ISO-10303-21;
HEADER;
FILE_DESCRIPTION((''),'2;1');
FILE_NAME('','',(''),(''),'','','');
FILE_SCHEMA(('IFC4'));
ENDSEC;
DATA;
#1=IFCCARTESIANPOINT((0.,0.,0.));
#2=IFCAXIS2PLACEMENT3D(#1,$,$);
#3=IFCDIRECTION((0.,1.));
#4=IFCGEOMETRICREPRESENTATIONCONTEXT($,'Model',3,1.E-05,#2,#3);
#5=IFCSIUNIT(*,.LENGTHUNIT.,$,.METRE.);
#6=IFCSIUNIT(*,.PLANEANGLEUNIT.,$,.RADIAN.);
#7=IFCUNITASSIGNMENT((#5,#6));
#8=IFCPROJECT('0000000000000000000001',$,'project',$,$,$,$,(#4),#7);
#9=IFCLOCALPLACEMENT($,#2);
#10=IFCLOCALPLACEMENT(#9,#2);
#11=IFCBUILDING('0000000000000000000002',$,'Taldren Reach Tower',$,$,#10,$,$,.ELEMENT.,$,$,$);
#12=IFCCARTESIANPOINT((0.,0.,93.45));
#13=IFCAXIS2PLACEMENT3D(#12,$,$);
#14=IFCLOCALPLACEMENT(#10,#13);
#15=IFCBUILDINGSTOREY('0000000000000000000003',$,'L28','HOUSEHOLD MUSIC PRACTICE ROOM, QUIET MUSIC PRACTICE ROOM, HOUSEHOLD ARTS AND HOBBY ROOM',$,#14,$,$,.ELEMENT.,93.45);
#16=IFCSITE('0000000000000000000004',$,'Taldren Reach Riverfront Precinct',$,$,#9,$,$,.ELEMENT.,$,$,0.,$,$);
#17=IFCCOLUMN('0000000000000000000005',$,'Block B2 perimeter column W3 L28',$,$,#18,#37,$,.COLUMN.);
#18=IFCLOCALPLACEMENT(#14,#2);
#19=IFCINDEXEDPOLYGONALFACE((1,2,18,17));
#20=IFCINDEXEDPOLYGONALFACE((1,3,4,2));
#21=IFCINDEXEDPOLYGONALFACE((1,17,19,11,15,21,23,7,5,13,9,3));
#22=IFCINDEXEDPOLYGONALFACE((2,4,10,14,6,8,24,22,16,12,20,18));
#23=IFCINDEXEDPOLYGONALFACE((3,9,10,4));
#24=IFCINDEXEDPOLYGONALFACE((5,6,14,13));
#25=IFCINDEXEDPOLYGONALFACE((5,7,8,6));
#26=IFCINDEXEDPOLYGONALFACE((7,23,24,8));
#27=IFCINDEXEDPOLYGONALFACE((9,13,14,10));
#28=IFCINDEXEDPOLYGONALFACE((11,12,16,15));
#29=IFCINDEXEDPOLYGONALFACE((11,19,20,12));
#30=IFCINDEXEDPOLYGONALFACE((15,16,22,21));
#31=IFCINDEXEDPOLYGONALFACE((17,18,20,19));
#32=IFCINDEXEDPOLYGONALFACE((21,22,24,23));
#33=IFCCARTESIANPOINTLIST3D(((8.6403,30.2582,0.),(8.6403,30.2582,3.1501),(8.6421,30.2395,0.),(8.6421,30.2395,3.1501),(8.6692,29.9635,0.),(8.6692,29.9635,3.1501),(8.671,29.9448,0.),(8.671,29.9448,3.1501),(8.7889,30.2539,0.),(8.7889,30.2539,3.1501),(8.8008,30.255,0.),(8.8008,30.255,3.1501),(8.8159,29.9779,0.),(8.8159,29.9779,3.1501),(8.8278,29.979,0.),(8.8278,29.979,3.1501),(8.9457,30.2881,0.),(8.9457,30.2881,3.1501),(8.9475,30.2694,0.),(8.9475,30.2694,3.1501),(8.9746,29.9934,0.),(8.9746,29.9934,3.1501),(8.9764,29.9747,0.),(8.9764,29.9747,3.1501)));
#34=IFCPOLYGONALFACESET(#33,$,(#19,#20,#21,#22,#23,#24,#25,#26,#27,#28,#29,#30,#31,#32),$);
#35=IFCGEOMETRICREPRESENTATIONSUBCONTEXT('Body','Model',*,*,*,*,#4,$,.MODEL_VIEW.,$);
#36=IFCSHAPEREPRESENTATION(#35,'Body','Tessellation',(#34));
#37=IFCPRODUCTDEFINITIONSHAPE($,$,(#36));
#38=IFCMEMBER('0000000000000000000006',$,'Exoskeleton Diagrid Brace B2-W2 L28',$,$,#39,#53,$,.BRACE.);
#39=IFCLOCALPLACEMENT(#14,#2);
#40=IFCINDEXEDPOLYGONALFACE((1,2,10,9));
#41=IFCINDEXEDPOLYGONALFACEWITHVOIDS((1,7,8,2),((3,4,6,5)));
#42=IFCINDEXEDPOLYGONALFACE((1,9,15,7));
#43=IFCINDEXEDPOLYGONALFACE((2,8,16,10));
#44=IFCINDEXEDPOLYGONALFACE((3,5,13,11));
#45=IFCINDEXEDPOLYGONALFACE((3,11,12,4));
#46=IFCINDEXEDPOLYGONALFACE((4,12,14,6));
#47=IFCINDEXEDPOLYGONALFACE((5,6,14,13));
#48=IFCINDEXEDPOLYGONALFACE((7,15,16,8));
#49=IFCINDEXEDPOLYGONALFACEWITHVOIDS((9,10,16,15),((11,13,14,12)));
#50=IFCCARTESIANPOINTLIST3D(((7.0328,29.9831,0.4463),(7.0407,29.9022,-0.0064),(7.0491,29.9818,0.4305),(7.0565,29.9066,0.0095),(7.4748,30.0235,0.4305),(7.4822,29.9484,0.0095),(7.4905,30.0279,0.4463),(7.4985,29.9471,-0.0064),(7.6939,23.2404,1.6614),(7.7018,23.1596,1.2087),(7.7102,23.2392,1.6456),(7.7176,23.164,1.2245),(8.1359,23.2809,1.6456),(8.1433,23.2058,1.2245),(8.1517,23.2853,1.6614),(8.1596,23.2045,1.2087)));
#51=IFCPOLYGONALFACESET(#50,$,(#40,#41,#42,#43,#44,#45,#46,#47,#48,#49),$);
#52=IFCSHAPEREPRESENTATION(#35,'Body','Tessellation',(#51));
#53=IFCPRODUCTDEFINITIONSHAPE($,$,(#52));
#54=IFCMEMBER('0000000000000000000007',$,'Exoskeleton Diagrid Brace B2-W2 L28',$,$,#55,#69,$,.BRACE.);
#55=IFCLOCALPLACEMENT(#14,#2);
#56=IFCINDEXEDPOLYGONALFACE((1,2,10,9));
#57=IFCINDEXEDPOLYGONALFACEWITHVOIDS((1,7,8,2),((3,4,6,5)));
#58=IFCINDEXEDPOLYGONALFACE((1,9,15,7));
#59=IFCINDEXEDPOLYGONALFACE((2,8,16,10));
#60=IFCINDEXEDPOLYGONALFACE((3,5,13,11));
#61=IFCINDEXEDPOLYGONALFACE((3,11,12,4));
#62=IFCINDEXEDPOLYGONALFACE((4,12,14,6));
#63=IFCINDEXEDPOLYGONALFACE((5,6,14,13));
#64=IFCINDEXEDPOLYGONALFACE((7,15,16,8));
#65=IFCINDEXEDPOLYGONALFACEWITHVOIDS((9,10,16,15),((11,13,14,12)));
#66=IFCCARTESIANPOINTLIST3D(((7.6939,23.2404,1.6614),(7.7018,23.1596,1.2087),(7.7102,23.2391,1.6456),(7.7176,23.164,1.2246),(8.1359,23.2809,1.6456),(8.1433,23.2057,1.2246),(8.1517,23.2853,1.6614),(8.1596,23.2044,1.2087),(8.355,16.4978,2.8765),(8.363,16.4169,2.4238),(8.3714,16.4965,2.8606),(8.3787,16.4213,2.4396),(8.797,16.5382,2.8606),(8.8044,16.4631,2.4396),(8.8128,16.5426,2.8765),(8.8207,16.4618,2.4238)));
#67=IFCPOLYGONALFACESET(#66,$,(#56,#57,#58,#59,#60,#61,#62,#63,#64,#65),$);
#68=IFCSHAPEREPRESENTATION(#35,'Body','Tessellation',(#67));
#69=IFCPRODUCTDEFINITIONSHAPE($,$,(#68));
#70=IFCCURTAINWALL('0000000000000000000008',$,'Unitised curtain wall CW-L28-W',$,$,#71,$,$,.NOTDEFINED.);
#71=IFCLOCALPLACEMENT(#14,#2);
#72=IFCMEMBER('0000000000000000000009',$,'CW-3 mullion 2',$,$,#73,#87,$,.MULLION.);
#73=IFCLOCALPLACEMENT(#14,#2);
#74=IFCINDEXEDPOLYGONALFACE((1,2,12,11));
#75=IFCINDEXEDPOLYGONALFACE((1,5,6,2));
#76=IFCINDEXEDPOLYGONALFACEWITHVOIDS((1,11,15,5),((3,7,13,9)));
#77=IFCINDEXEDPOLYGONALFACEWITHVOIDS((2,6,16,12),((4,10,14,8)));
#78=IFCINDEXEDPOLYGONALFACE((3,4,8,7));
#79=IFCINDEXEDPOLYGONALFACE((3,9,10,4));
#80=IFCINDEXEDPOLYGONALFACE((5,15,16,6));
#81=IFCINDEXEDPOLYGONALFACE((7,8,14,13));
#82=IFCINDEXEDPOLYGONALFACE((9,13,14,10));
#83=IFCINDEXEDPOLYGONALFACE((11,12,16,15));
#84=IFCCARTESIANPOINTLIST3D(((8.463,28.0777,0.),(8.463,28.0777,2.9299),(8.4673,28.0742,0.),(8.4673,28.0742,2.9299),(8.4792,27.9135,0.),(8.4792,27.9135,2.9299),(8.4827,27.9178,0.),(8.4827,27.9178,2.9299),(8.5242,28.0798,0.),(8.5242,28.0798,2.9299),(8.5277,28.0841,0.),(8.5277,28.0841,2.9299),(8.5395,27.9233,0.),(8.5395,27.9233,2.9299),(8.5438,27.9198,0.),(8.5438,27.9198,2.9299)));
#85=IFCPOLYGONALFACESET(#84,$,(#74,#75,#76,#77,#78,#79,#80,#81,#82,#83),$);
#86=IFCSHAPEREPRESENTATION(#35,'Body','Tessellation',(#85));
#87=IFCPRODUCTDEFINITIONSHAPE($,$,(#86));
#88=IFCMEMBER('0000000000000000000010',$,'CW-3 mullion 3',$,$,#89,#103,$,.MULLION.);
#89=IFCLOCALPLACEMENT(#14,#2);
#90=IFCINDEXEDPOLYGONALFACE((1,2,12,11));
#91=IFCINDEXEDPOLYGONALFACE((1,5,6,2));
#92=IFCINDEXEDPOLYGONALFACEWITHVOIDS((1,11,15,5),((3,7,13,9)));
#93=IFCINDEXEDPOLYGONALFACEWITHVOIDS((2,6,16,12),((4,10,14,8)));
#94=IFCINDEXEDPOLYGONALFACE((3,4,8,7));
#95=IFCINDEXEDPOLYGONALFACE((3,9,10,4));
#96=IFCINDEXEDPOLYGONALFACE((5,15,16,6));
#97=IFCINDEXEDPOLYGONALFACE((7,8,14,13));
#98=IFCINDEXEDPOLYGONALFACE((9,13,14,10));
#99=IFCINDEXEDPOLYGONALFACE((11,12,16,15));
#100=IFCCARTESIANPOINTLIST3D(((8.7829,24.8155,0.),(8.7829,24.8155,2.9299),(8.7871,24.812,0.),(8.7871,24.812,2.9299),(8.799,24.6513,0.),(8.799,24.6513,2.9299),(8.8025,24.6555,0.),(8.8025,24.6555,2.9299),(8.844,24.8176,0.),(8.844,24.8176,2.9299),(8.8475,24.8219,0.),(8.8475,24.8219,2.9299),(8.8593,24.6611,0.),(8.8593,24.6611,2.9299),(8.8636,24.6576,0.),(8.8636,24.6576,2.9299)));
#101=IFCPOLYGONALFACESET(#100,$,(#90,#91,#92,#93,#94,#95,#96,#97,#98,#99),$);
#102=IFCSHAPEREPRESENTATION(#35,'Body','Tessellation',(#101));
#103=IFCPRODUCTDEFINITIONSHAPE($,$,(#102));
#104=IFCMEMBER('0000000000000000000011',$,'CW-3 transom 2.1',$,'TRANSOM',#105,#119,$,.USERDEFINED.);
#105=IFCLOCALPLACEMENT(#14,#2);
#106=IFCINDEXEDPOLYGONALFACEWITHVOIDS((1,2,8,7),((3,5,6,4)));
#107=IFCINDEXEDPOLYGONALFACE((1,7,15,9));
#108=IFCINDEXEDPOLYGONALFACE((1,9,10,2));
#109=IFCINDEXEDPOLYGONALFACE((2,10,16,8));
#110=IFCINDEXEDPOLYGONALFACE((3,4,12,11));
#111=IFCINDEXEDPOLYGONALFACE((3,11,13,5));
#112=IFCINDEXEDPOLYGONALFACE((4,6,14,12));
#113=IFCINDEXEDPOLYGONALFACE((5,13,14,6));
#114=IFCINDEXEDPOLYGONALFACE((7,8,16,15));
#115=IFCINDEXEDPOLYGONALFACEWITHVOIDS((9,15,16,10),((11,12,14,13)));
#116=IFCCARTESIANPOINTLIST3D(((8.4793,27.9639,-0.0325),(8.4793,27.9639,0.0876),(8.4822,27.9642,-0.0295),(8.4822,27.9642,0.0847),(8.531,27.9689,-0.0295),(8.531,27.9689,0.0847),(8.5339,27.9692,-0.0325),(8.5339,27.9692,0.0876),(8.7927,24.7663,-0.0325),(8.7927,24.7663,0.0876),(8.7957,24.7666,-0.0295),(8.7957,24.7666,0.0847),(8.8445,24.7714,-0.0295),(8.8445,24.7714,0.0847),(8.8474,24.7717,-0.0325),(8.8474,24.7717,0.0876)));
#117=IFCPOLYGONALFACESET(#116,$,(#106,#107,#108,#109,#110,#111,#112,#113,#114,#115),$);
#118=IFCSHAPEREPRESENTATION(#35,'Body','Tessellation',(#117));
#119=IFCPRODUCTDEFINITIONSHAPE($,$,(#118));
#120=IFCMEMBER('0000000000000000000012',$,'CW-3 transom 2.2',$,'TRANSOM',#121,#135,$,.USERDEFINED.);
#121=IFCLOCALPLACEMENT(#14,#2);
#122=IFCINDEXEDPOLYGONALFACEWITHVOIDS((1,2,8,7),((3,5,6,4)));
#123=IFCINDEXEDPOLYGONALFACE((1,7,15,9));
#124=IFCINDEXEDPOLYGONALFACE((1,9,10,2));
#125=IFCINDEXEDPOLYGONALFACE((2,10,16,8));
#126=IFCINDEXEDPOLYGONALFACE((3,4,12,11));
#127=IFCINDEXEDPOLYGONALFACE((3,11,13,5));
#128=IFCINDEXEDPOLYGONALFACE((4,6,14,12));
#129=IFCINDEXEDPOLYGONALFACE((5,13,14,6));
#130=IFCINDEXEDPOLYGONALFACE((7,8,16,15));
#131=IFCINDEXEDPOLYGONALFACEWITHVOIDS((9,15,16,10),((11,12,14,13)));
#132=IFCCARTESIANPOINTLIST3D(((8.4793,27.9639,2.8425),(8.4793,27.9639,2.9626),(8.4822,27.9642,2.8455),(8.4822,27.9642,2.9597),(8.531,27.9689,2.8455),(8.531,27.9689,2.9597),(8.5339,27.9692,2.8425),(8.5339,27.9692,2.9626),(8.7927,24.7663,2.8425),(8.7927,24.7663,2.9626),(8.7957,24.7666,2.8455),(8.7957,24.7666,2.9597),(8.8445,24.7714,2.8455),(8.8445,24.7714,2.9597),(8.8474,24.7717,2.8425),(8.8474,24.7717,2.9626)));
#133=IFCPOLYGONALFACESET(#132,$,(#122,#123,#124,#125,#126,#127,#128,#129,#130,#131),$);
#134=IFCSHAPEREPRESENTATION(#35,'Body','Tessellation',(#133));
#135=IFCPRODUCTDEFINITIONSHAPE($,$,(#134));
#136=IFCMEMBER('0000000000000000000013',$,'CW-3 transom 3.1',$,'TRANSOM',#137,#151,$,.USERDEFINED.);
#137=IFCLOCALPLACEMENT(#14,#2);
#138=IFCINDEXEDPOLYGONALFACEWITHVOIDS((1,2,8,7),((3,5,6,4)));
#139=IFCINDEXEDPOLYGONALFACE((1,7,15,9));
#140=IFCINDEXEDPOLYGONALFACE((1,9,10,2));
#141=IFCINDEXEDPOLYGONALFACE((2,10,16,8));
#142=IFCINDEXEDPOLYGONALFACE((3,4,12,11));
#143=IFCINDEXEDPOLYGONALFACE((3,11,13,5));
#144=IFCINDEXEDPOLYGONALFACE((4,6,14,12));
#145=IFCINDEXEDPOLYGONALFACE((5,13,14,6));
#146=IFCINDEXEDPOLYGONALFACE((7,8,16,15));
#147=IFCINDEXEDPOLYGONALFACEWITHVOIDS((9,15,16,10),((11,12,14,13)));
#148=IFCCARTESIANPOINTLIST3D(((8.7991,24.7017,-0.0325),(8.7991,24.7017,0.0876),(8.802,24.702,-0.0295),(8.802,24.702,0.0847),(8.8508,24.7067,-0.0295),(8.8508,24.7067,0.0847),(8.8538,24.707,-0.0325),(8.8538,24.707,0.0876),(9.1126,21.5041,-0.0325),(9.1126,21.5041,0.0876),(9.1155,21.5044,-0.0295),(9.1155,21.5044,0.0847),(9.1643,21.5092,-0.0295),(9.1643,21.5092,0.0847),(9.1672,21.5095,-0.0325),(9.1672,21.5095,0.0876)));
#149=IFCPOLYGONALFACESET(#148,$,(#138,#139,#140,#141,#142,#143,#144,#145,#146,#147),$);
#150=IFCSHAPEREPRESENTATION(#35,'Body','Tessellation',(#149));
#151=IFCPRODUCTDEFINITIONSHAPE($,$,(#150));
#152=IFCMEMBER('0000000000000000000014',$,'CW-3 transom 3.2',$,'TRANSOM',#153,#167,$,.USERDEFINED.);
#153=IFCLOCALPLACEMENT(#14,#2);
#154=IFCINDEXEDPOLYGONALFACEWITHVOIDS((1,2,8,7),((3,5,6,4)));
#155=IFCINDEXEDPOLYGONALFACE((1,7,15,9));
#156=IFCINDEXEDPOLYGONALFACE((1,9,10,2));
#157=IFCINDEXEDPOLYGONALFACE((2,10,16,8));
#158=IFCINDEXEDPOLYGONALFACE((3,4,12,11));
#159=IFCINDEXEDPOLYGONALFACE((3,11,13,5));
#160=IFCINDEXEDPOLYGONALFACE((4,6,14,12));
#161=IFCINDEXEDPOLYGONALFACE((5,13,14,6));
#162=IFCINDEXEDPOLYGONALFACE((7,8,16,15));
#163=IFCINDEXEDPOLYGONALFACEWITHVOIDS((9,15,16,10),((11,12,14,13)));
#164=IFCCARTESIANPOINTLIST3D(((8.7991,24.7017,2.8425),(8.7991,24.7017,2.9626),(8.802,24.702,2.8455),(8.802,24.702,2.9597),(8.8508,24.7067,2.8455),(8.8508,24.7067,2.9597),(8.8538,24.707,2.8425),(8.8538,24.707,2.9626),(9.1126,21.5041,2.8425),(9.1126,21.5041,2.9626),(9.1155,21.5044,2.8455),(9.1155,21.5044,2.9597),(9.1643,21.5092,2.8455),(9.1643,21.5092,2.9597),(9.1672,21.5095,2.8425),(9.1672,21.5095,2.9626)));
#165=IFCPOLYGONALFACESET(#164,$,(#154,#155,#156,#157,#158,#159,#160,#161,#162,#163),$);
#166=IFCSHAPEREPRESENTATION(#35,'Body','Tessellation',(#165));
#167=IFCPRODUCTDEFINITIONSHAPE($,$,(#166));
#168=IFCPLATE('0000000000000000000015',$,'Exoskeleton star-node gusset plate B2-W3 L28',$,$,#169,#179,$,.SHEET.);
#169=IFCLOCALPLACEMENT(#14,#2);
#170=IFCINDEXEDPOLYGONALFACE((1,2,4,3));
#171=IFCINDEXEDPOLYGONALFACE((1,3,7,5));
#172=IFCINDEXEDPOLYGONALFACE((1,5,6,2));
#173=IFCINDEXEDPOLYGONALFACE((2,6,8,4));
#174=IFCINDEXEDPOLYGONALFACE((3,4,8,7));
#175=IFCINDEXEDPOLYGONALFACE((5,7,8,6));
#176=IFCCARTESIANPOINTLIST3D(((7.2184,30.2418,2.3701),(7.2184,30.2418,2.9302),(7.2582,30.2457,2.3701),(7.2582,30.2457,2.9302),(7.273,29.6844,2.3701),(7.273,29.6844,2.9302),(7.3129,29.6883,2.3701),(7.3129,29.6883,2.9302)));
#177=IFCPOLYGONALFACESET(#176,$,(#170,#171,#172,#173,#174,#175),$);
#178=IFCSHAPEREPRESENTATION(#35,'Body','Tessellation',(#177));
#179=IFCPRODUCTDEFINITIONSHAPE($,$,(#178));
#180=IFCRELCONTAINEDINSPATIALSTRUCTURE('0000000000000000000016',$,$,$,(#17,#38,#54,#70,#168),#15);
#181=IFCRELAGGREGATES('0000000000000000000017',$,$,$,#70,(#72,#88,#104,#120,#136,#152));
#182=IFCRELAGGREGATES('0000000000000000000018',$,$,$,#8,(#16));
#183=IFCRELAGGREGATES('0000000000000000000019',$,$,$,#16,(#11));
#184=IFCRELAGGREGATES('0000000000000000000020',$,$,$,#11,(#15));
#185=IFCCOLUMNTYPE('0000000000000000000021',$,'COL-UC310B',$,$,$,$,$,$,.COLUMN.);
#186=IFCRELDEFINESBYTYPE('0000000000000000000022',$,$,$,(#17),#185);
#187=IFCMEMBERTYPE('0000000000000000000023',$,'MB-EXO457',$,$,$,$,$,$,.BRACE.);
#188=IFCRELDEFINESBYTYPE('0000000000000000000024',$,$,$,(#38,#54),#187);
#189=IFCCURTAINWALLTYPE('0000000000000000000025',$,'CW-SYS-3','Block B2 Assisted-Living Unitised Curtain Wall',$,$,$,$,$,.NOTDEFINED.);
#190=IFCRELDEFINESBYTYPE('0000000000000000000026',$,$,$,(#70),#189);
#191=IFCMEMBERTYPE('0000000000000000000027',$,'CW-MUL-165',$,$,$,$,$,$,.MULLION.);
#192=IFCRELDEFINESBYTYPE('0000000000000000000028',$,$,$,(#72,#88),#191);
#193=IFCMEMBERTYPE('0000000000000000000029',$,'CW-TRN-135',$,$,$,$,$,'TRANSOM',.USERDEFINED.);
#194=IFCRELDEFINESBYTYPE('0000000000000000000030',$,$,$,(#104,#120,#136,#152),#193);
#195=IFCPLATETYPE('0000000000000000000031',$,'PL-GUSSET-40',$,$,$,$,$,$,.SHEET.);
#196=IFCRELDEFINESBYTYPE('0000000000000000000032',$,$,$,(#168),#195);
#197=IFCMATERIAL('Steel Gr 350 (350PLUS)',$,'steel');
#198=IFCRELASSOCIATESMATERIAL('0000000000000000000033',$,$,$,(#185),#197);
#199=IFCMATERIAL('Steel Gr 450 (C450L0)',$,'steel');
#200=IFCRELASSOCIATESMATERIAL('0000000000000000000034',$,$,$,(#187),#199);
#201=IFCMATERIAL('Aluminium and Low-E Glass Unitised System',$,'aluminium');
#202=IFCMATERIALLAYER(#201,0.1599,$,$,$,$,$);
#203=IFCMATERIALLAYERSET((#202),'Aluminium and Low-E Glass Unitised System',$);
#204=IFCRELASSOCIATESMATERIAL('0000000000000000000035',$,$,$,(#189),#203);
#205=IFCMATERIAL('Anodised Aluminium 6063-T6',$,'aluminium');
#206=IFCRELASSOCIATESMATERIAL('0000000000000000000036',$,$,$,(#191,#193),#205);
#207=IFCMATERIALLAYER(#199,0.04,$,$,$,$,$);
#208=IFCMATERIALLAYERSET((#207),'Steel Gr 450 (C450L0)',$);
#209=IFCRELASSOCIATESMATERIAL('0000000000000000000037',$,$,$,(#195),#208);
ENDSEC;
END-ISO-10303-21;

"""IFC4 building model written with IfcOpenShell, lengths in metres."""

from ifc_helpers import new_model, si_unit, direction, frame, origin, origin_2d, place, context, subcontext, project, spatial, rectangle, hollow_rectangle, i_section, extrude, source, transform, mapped, material, layer, layer_set, material_profile, profile_set, type_object, element, aggregate, save


model = new_model("IFC4")

# Units and contexts
model_context = context("Model", 3, precision=1e-05, world=origin(), true_north=direction((0.0, 1.0)))
body_context = subcontext(model_context, "Body", "Model", "MODEL_VIEW")
ifc_project = project(units=[si_unit("LENGTHUNIT", "METRE"), si_unit("PLANEANGLEUNIT", "RADIAN")], contexts=[model_context])

# Site, building, storey
site_placement = place(None, origin())
site = spatial("IfcSite", under=ifc_project, at=site_placement, Name="Taldren Reach Riverfront Precinct", CompositionType="ELEMENT", RefElevation=0.0)
building_placement = place(site_placement, origin())
building = spatial("IfcBuilding", under=site, at=building_placement, Name="Taldren Reach Tower", CompositionType="ELEMENT")
storey_placement = place(building_placement, frame((0.0, 0.0, 93.45)))
storey = spatial("IfcBuildingStorey", under=building, at=storey_placement, Name="L28", Description="HOUSEHOLD MUSIC PRACTICE ROOM, QUIET MUSIC PRACTICE ROOM, HOUSEHOLD ARTS AND HOBBY ROOM", CompositionType="ELEMENT", Elevation=93.45)

# Column
ifc_material_1 = material(Name="Steel Gr 350 (350PLUS)", Category="steel")
ifc_material_profile_1 = material_profile(ifc_material_1, i_section(OverallWidth=0.3069, OverallDepth=0.3149, WebThickness=0.012, FlangeThickness=0.0188, at=origin_2d()), Name="310UC118")
ifc_profile_set_1 = profile_set([ifc_material_profile_1], Name="Steel Gr 350 (350PLUS)")
column_type = type_object("IfcColumnType", Name="COL-UC310B", PredefinedType="COLUMN", material=ifc_profile_set_1)
shared_shape_1 = source(origin(), body_context, "Body", "SweptSolid", [
    extrude(i_section(OverallWidth=0.3069, OverallDepth=0.3149, WebThickness=0.012, FlangeThickness=0.0188, at=origin_2d()), origin(), (0.0, 0.0, 1.0), 3.1501),
])
column_placement = place(storey_placement, frame((8.8083, 30.1165, 0.0), z_axis=(0.0, 0.0, 1.0), x_axis=(0.995227, 0.097583, 0.0)))
element("IfcColumn", 1, at=column_placement, inside=storey, type_object=column_type, Name="Block B2 perimeter column W3 L28", PredefinedType="COLUMN", context=body_context, shape_type="MappedRepresentation", body=[
    mapped(shared_shape_1, transform((0.0, 0.0, 0.0), scale=1.0)),
])

# Members
ifc_material_2 = material(Name="Steel Gr 450 (C450L0)", Category="steel")
ifc_material_profile_2 = material_profile(ifc_material_2, hollow_rectangle(XDim=0.46, YDim=0.46, WallThickness=0.0161, at=origin_2d()), Name="460x460x16.0SHS")
ifc_profile_set_2 = profile_set([ifc_material_profile_2], Name="Steel Gr 450 (C450L0)")
member_type_1 = type_object("IfcMemberType", Name="MB-EXO457", PredefinedType="BRACE", material=ifc_profile_set_2)
shared_shape_2 = source(origin(), body_context, "Body", "SweptSolid", [
    extrude(hollow_rectangle(XDim=0.46, YDim=0.46, WallThickness=0.0161, at=origin_2d()), origin(), (0.0, 0.0, 1.0), 6.8831),
])
for number, where, z_axis, x_axis, name in (
    (2, (7.2656, 29.9651, 0.22), (0.096051, -0.979597, 0.176532), (0.995227, 0.097584, 0.0), "Exoskeleton Diagrid Brace B2-W2 L28"),
    (3, (7.9268, 23.2224, 1.4351), (0.096051, -0.979597, 0.176532), (0.995227, 0.097584, 0.0), "Exoskeleton Diagrid Brace B2-W2 L28"),
):
    element("IfcMember", number, at=place(storey_placement, frame(where, z_axis=z_axis, x_axis=x_axis)), inside=storey, type_object=member_type_1, Name=name, PredefinedType="BRACE", context=body_context, shape_type="MappedRepresentation", body=[
        mapped(shared_shape_2, transform((0.0, 0.0, 0.0), scale=1.0)),
    ])

# Curtain wall, members
ifc_material_3 = material(Name="Aluminium and Low-E Glass Unitised System", Category="aluminium")
ifc_layer_1 = layer(ifc_material_3, 0.1599)
ifc_layer_set_1 = layer_set([ifc_layer_1], Name="Aluminium and Low-E Glass Unitised System")
curtain_wall_type = type_object("IfcCurtainWallType", Name="CW-SYS-3", Description="Block B2 Assisted-Living Unitised Curtain Wall", PredefinedType="NOTDEFINED", material=ifc_layer_set_1)
curtain_wall_placement = place(storey_placement, origin())
curtain_wall = element("IfcCurtainWall", 4, at=curtain_wall_placement, inside=storey, type_object=curtain_wall_type, Name="Unitised curtain wall CW-L28-W", PredefinedType="NOTDEFINED")
ifc_material_4 = material(Name="Anodised Aluminium 6063-T6", Category="aluminium")
ifc_material_profile_3 = material_profile(ifc_material_4, hollow_rectangle(XDim=0.0649, YDim=0.165, WallThickness=0.0039, at=origin_2d()), Name="ALU-165x65x4RHS")
ifc_profile_set_3 = profile_set([ifc_material_profile_3], Name="Anodised Aluminium 6063-T6")
member_type_2 = type_object("IfcMemberType", Name="CW-MUL-165", PredefinedType="MULLION", material=ifc_profile_set_3)
shared_shape_3 = source(origin(), body_context, "Body", "SweptSolid", [
    extrude(hollow_rectangle(XDim=0.0649, YDim=0.165, WallThickness=0.0039, at=origin_2d()), origin(), (0.0, 0.0, 1.0), 2.9299),
])
member_1_placement = place(storey_placement, frame((8.5034, 27.9988, 0.0), z_axis=(0.0, 0.0, 1.0), x_axis=(0.995227, 0.097583, 0.0)))
member_1 = element("IfcMember", 5, at=member_1_placement, type_object=member_type_2, Name="CW-3 mullion 2", PredefinedType="MULLION", context=body_context, shape_type="MappedRepresentation", body=[
    mapped(shared_shape_3, transform((0.0, 0.0, 0.0), scale=1.0)),
])
member_2_placement = place(storey_placement, frame((8.8232, 24.7366, 0.0), z_axis=(0.0, 0.0, 1.0), x_axis=(0.995227, 0.097583, 0.0)))
member_2 = element("IfcMember", 6, at=member_2_placement, type_object=member_type_2, Name="CW-3 mullion 3", PredefinedType="MULLION", context=body_context, shape_type="MappedRepresentation", body=[
    mapped(shared_shape_3, transform((0.0, 0.0, 0.0), scale=1.0)),
])
ifc_material_profile_4 = material_profile(ifc_material_4, hollow_rectangle(XDim=0.0549, YDim=0.1201, WallThickness=0.0029, at=origin_2d()), Name="ALU-120x55x3RHS")
ifc_profile_set_4 = profile_set([ifc_material_profile_4], Name="Anodised Aluminium 6063-T6")
member_type_3 = type_object("IfcMemberType", Name="CW-TRN-135", ElementType="TRANSOM", PredefinedType="USERDEFINED", material=ifc_profile_set_4)
shared_shape_4 = source(origin(), body_context, "Body", "SweptSolid", [
    extrude(hollow_rectangle(XDim=0.0549, YDim=0.1201, WallThickness=0.0029, at=origin_2d()), origin(), (0.0, 0.0, 1.0), 3.2129),
])
member_3_placement = place(storey_placement, frame((8.5066, 27.9666, 0.0276), z_axis=(0.09757, -0.995229, 0.0), x_axis=(0.995229, 0.09757, 0.0)))
member_3 = element("IfcMember", 7, at=member_3_placement, type_object=member_type_3, Name="CW-3 transom 2.1", ObjectType="TRANSOM", PredefinedType="USERDEFINED", context=body_context, shape_type="MappedRepresentation", body=[
    mapped(shared_shape_4, transform((0.0, 0.0, 0.0), scale=1.0)),
])
member_4_placement = place(storey_placement, frame((8.5066, 27.9666, 2.9026), z_axis=(0.09757, -0.995229, 0.0), x_axis=(0.995229, 0.09757, 0.0)))
member_4 = element("IfcMember", 8, at=member_4_placement, type_object=member_type_3, Name="CW-3 transom 2.2", ObjectType="TRANSOM", PredefinedType="USERDEFINED", context=body_context, shape_type="MappedRepresentation", body=[
    mapped(shared_shape_4, transform((0.0, 0.0, 0.0), scale=1.0)),
])
member_5_placement = place(storey_placement, frame((8.8264, 24.7043, 0.0276), z_axis=(0.09757, -0.995229, 0.0), x_axis=(0.995229, 0.09757, 0.0)))
member_5 = element("IfcMember", 9, at=member_5_placement, type_object=member_type_3, Name="CW-3 transom 3.1", ObjectType="TRANSOM", PredefinedType="USERDEFINED", context=body_context, shape_type="MappedRepresentation", body=[
    mapped(shared_shape_4, transform((0.0, 0.0, 0.0), scale=1.0)),
])
member_6_placement = place(storey_placement, frame((8.8264, 24.7043, 2.9026), z_axis=(0.09757, -0.995229, 0.0), x_axis=(0.995229, 0.09757, 0.0)))
member_6 = element("IfcMember", 10, at=member_6_placement, type_object=member_type_3, Name="CW-3 transom 3.2", ObjectType="TRANSOM", PredefinedType="USERDEFINED", context=body_context, shape_type="MappedRepresentation", body=[
    mapped(shared_shape_4, transform((0.0, 0.0, 0.0), scale=1.0)),
])

# Plate
ifc_layer_2 = layer(ifc_material_2, 0.04)
ifc_layer_set_2 = layer_set([ifc_layer_2], Name="Steel Gr 450 (C450L0)")
plate_type_1 = type_object("IfcPlateType", Name="PL-GUSSET-40", PredefinedType="SHEET", material=ifc_layer_set_2)
shared_shape_5 = source(origin(), body_context, "Body", "SweptSolid", [
    extrude(rectangle(XDim=0.5601, YDim=0.04, at=origin_2d()), origin(), (0.0, 0.0, 1.0), 0.5601),
])
plate_1_placement = place(storey_placement, frame((7.2656, 29.9651, 2.3701), z_axis=(0.0, 0.0, 1.0), x_axis=(-0.097583, 0.995227, 0.0)))
element("IfcPlate", 11, at=plate_1_placement, inside=storey, type_object=plate_type_1, Name="Exoskeleton star-node gusset plate B2-W3 L28", PredefinedType="SHEET", context=body_context, shape_type="MappedRepresentation", body=[
    mapped(shared_shape_5, transform((0.0, 0.0, 0.0), scale=1.0)),
])
aggregate(curtain_wall, [member_1, member_2, member_3, member_4, member_5, member_6])

save(model, "model.ifc")
